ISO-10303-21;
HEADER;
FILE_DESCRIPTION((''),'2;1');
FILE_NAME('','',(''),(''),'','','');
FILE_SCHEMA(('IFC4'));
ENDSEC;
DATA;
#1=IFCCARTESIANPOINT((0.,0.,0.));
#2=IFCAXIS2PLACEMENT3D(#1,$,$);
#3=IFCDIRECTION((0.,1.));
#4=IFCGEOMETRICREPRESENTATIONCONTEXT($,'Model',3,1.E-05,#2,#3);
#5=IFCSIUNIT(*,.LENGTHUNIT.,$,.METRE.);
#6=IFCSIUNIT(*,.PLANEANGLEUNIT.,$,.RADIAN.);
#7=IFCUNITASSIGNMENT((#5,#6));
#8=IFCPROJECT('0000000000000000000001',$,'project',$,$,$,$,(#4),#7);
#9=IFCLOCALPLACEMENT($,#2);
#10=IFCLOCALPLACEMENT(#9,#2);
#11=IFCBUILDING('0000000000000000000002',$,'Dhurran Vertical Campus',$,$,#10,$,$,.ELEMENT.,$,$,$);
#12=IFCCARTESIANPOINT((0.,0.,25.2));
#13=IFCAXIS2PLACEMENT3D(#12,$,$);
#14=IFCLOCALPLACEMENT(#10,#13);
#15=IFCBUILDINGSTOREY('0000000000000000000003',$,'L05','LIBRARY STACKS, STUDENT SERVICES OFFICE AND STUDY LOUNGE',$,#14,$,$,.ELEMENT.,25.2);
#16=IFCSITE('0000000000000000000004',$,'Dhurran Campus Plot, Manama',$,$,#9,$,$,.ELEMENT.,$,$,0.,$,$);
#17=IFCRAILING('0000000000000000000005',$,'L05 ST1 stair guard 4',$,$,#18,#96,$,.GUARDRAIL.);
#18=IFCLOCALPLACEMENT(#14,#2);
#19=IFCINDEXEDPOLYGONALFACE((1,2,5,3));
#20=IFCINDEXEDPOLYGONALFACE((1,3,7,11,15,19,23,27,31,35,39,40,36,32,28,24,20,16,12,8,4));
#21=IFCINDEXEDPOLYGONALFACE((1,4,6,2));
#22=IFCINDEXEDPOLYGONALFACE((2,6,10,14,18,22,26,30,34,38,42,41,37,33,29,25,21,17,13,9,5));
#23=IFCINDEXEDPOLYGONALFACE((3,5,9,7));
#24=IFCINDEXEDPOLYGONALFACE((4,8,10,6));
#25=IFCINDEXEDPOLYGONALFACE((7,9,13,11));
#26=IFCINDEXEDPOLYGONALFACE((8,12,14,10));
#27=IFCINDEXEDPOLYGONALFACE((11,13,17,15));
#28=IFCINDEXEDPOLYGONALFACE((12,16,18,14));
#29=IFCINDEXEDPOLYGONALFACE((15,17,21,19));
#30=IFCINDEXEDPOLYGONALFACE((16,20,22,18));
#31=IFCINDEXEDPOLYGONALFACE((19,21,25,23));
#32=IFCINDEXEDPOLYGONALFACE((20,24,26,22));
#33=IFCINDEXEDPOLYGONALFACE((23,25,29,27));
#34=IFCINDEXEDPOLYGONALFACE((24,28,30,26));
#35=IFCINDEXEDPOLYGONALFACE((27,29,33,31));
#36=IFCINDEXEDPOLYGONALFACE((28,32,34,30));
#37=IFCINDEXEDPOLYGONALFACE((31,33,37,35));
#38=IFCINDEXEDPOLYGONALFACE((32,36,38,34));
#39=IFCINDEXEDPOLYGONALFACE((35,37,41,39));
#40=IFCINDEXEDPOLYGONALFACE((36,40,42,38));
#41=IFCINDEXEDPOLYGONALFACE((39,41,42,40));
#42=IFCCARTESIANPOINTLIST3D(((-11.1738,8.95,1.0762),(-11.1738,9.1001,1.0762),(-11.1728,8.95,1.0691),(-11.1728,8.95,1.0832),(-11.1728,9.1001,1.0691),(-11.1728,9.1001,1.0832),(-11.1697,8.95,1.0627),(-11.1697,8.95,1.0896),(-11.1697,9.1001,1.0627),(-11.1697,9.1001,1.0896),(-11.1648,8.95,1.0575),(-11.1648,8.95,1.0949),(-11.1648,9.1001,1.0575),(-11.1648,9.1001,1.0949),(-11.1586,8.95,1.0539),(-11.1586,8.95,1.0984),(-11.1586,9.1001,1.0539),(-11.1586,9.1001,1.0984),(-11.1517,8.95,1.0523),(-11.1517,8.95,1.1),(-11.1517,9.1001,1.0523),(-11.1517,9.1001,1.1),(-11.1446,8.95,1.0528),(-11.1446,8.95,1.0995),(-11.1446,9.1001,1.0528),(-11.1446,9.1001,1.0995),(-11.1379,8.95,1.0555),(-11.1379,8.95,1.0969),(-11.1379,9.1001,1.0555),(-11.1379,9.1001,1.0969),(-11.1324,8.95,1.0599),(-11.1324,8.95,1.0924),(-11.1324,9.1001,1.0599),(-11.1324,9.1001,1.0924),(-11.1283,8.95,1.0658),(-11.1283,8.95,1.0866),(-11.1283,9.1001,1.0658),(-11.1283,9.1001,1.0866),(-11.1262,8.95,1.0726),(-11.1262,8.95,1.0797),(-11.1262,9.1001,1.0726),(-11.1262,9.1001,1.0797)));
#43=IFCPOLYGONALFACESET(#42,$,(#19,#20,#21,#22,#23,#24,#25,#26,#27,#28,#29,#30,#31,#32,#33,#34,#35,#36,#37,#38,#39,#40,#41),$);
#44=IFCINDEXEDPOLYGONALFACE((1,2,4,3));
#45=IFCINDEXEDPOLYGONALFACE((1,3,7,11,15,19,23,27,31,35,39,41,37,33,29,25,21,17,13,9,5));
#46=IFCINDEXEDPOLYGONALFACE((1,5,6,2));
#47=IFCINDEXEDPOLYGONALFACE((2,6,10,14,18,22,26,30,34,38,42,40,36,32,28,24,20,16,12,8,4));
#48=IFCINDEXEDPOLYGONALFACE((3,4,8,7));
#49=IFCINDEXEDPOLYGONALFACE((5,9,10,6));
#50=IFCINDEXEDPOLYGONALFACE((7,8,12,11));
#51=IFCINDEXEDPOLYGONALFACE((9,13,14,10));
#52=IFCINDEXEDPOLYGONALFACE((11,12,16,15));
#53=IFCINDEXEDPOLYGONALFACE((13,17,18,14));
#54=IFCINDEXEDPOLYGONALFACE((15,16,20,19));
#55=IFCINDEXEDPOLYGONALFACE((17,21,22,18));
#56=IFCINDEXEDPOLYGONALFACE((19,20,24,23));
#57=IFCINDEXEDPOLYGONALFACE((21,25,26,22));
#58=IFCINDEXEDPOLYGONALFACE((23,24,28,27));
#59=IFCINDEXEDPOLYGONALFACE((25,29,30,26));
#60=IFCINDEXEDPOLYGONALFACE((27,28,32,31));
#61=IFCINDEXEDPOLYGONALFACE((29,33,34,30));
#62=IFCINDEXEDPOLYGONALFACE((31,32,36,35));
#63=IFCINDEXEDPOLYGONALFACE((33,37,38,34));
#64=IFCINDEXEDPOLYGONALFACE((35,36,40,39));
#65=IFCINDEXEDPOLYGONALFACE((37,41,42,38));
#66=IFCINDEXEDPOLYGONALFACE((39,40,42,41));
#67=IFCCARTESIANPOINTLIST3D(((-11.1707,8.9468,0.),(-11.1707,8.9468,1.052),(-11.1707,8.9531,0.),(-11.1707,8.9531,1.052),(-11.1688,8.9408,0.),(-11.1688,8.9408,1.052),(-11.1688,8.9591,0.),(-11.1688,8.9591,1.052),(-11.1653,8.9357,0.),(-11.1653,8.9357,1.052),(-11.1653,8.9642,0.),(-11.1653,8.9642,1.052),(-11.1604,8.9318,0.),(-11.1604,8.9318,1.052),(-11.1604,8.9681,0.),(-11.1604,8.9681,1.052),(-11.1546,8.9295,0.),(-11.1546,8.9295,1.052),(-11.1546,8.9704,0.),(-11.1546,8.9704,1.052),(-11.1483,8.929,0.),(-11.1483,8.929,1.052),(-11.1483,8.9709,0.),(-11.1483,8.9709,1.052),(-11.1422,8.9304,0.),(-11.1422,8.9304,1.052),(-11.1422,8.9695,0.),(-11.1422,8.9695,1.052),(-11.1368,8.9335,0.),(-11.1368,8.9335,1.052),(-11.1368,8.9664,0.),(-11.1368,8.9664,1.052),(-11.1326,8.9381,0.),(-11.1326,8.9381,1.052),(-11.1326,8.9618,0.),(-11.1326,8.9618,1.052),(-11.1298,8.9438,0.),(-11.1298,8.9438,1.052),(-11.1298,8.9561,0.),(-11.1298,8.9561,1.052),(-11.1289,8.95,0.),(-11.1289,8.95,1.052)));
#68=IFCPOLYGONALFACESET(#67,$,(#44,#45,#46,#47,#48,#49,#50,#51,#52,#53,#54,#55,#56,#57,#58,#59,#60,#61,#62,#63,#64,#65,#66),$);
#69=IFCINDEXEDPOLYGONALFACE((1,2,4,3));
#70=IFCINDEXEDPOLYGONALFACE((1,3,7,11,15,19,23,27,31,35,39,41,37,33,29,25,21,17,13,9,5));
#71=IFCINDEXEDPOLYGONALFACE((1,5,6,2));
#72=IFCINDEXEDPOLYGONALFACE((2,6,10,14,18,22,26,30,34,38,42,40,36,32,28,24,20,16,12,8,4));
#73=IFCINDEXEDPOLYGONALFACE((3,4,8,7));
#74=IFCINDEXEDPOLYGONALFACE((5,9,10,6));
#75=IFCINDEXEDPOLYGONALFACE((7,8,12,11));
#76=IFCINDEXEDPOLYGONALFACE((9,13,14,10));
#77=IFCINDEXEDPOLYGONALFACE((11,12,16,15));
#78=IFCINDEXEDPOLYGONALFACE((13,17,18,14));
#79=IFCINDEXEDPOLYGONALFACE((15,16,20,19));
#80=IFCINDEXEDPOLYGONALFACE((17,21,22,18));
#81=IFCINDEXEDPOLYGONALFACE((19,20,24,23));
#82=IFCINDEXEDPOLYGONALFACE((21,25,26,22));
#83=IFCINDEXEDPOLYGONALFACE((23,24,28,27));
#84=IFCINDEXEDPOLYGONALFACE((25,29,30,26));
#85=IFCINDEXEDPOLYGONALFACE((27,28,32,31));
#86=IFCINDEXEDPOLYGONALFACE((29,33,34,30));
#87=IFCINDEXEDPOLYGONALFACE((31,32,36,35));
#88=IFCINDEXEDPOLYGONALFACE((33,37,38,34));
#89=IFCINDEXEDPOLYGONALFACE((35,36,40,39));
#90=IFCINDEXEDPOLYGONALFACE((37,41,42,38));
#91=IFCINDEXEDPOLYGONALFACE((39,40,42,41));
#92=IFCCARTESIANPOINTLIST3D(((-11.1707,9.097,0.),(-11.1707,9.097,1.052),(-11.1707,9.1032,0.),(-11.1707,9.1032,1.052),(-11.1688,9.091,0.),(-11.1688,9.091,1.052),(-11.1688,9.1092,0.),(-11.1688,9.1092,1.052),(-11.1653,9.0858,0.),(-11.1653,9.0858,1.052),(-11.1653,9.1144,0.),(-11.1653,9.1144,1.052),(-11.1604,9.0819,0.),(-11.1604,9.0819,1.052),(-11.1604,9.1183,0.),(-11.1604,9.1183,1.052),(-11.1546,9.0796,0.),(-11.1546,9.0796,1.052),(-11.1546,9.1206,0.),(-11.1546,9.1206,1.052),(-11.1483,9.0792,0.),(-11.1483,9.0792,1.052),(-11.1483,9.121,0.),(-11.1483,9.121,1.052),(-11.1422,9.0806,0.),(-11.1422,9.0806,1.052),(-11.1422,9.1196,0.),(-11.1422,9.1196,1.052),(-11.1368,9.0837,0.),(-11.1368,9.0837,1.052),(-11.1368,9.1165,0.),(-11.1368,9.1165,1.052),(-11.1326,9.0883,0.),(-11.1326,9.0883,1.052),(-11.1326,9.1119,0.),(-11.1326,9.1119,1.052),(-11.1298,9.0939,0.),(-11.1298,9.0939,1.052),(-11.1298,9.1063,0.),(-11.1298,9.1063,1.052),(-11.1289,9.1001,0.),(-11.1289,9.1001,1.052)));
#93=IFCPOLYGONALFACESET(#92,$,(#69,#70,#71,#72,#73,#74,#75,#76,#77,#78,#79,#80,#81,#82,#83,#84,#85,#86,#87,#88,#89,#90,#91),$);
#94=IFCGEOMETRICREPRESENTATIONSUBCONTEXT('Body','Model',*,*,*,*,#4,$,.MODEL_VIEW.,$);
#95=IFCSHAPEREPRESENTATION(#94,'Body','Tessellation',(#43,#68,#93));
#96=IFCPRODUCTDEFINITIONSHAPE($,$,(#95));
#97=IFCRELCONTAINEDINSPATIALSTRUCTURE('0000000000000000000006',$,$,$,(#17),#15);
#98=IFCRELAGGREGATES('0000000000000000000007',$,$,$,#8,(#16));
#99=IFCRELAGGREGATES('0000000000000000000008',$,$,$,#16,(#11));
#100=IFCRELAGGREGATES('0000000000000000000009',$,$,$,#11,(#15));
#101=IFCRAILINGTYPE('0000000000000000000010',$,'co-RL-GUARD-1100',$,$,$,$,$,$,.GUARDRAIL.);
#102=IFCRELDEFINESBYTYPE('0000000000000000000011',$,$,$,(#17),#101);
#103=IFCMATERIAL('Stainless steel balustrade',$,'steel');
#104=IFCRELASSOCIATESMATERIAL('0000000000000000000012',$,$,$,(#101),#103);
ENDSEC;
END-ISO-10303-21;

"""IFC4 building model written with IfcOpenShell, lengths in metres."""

from ifc_helpers import new_model, si_unit, direction, frame, origin, origin_2d, place, context, subcontext, project, spatial, circle, extrude, material, type_object, element, save


model = new_model("IFC4")

# Units and contexts
model_context = context("Model", 3, precision=1e-05, world=origin(), true_north=direction((0.0, 1.0)))
body_context = subcontext(model_context, "Body", "Model", "MODEL_VIEW")
ifc_project = project(units=[si_unit("LENGTHUNIT", "METRE"), si_unit("PLANEANGLEUNIT", "RADIAN")], contexts=[model_context])

# Site, building, storey
site_placement = place(None, origin())
site = spatial("IfcSite", under=ifc_project, at=site_placement, Name="Dhurran Campus Plot, Manama", CompositionType="ELEMENT", RefElevation=0.0)
building_placement = place(site_placement, origin())
building = spatial("IfcBuilding", under=site, at=building_placement, Name="Dhurran Vertical Campus", CompositionType="ELEMENT")
storey_placement = place(building_placement, frame((0.0, 0.0, 25.2)))
storey = spatial("IfcBuildingStorey", under=building, at=storey_placement, Name="L05", Description="LIBRARY STACKS, STUDENT SERVICES OFFICE AND STUDY LOUNGE", CompositionType="ELEMENT", Elevation=25.2)

# Railing
ifc_material_1 = material(Name="Stainless steel balustrade", Category="steel")
railing_type_1 = type_object("IfcRailingType", Name="co-RL-GUARD-1100", PredefinedType="GUARDRAIL", material=ifc_material_1)
railing_1_placement = place(storey_placement, frame((-11.1499, 8.95, 0.0)))
element("IfcRailing", 1, at=railing_1_placement, inside=storey, type_object=railing_type_1, Name="L05 ST1 stair guard 4", PredefinedType="GUARDRAIL", context=body_context, shape_type="SweptSolid", body=[
    extrude(circle(Radius=0.0239, at=origin_2d()), frame((0.0, 0.0, 1.0762), z_axis=(0.0, 1.0, 0.0), x_axis=(-1.0, 0.0, 0.0)), (0.0, 0.0, 1.0), 0.1501),
    extrude(circle(Radius=0.021, at=origin_2d()), origin(), (0.0, 0.0, 1.0), 1.052),
    extrude(circle(Radius=0.021, at=origin_2d()), frame((0.0, 0.1501, 0.0)), (0.0, 0.0, 1.0), 1.052),
])

save(model, "model.ifc")
